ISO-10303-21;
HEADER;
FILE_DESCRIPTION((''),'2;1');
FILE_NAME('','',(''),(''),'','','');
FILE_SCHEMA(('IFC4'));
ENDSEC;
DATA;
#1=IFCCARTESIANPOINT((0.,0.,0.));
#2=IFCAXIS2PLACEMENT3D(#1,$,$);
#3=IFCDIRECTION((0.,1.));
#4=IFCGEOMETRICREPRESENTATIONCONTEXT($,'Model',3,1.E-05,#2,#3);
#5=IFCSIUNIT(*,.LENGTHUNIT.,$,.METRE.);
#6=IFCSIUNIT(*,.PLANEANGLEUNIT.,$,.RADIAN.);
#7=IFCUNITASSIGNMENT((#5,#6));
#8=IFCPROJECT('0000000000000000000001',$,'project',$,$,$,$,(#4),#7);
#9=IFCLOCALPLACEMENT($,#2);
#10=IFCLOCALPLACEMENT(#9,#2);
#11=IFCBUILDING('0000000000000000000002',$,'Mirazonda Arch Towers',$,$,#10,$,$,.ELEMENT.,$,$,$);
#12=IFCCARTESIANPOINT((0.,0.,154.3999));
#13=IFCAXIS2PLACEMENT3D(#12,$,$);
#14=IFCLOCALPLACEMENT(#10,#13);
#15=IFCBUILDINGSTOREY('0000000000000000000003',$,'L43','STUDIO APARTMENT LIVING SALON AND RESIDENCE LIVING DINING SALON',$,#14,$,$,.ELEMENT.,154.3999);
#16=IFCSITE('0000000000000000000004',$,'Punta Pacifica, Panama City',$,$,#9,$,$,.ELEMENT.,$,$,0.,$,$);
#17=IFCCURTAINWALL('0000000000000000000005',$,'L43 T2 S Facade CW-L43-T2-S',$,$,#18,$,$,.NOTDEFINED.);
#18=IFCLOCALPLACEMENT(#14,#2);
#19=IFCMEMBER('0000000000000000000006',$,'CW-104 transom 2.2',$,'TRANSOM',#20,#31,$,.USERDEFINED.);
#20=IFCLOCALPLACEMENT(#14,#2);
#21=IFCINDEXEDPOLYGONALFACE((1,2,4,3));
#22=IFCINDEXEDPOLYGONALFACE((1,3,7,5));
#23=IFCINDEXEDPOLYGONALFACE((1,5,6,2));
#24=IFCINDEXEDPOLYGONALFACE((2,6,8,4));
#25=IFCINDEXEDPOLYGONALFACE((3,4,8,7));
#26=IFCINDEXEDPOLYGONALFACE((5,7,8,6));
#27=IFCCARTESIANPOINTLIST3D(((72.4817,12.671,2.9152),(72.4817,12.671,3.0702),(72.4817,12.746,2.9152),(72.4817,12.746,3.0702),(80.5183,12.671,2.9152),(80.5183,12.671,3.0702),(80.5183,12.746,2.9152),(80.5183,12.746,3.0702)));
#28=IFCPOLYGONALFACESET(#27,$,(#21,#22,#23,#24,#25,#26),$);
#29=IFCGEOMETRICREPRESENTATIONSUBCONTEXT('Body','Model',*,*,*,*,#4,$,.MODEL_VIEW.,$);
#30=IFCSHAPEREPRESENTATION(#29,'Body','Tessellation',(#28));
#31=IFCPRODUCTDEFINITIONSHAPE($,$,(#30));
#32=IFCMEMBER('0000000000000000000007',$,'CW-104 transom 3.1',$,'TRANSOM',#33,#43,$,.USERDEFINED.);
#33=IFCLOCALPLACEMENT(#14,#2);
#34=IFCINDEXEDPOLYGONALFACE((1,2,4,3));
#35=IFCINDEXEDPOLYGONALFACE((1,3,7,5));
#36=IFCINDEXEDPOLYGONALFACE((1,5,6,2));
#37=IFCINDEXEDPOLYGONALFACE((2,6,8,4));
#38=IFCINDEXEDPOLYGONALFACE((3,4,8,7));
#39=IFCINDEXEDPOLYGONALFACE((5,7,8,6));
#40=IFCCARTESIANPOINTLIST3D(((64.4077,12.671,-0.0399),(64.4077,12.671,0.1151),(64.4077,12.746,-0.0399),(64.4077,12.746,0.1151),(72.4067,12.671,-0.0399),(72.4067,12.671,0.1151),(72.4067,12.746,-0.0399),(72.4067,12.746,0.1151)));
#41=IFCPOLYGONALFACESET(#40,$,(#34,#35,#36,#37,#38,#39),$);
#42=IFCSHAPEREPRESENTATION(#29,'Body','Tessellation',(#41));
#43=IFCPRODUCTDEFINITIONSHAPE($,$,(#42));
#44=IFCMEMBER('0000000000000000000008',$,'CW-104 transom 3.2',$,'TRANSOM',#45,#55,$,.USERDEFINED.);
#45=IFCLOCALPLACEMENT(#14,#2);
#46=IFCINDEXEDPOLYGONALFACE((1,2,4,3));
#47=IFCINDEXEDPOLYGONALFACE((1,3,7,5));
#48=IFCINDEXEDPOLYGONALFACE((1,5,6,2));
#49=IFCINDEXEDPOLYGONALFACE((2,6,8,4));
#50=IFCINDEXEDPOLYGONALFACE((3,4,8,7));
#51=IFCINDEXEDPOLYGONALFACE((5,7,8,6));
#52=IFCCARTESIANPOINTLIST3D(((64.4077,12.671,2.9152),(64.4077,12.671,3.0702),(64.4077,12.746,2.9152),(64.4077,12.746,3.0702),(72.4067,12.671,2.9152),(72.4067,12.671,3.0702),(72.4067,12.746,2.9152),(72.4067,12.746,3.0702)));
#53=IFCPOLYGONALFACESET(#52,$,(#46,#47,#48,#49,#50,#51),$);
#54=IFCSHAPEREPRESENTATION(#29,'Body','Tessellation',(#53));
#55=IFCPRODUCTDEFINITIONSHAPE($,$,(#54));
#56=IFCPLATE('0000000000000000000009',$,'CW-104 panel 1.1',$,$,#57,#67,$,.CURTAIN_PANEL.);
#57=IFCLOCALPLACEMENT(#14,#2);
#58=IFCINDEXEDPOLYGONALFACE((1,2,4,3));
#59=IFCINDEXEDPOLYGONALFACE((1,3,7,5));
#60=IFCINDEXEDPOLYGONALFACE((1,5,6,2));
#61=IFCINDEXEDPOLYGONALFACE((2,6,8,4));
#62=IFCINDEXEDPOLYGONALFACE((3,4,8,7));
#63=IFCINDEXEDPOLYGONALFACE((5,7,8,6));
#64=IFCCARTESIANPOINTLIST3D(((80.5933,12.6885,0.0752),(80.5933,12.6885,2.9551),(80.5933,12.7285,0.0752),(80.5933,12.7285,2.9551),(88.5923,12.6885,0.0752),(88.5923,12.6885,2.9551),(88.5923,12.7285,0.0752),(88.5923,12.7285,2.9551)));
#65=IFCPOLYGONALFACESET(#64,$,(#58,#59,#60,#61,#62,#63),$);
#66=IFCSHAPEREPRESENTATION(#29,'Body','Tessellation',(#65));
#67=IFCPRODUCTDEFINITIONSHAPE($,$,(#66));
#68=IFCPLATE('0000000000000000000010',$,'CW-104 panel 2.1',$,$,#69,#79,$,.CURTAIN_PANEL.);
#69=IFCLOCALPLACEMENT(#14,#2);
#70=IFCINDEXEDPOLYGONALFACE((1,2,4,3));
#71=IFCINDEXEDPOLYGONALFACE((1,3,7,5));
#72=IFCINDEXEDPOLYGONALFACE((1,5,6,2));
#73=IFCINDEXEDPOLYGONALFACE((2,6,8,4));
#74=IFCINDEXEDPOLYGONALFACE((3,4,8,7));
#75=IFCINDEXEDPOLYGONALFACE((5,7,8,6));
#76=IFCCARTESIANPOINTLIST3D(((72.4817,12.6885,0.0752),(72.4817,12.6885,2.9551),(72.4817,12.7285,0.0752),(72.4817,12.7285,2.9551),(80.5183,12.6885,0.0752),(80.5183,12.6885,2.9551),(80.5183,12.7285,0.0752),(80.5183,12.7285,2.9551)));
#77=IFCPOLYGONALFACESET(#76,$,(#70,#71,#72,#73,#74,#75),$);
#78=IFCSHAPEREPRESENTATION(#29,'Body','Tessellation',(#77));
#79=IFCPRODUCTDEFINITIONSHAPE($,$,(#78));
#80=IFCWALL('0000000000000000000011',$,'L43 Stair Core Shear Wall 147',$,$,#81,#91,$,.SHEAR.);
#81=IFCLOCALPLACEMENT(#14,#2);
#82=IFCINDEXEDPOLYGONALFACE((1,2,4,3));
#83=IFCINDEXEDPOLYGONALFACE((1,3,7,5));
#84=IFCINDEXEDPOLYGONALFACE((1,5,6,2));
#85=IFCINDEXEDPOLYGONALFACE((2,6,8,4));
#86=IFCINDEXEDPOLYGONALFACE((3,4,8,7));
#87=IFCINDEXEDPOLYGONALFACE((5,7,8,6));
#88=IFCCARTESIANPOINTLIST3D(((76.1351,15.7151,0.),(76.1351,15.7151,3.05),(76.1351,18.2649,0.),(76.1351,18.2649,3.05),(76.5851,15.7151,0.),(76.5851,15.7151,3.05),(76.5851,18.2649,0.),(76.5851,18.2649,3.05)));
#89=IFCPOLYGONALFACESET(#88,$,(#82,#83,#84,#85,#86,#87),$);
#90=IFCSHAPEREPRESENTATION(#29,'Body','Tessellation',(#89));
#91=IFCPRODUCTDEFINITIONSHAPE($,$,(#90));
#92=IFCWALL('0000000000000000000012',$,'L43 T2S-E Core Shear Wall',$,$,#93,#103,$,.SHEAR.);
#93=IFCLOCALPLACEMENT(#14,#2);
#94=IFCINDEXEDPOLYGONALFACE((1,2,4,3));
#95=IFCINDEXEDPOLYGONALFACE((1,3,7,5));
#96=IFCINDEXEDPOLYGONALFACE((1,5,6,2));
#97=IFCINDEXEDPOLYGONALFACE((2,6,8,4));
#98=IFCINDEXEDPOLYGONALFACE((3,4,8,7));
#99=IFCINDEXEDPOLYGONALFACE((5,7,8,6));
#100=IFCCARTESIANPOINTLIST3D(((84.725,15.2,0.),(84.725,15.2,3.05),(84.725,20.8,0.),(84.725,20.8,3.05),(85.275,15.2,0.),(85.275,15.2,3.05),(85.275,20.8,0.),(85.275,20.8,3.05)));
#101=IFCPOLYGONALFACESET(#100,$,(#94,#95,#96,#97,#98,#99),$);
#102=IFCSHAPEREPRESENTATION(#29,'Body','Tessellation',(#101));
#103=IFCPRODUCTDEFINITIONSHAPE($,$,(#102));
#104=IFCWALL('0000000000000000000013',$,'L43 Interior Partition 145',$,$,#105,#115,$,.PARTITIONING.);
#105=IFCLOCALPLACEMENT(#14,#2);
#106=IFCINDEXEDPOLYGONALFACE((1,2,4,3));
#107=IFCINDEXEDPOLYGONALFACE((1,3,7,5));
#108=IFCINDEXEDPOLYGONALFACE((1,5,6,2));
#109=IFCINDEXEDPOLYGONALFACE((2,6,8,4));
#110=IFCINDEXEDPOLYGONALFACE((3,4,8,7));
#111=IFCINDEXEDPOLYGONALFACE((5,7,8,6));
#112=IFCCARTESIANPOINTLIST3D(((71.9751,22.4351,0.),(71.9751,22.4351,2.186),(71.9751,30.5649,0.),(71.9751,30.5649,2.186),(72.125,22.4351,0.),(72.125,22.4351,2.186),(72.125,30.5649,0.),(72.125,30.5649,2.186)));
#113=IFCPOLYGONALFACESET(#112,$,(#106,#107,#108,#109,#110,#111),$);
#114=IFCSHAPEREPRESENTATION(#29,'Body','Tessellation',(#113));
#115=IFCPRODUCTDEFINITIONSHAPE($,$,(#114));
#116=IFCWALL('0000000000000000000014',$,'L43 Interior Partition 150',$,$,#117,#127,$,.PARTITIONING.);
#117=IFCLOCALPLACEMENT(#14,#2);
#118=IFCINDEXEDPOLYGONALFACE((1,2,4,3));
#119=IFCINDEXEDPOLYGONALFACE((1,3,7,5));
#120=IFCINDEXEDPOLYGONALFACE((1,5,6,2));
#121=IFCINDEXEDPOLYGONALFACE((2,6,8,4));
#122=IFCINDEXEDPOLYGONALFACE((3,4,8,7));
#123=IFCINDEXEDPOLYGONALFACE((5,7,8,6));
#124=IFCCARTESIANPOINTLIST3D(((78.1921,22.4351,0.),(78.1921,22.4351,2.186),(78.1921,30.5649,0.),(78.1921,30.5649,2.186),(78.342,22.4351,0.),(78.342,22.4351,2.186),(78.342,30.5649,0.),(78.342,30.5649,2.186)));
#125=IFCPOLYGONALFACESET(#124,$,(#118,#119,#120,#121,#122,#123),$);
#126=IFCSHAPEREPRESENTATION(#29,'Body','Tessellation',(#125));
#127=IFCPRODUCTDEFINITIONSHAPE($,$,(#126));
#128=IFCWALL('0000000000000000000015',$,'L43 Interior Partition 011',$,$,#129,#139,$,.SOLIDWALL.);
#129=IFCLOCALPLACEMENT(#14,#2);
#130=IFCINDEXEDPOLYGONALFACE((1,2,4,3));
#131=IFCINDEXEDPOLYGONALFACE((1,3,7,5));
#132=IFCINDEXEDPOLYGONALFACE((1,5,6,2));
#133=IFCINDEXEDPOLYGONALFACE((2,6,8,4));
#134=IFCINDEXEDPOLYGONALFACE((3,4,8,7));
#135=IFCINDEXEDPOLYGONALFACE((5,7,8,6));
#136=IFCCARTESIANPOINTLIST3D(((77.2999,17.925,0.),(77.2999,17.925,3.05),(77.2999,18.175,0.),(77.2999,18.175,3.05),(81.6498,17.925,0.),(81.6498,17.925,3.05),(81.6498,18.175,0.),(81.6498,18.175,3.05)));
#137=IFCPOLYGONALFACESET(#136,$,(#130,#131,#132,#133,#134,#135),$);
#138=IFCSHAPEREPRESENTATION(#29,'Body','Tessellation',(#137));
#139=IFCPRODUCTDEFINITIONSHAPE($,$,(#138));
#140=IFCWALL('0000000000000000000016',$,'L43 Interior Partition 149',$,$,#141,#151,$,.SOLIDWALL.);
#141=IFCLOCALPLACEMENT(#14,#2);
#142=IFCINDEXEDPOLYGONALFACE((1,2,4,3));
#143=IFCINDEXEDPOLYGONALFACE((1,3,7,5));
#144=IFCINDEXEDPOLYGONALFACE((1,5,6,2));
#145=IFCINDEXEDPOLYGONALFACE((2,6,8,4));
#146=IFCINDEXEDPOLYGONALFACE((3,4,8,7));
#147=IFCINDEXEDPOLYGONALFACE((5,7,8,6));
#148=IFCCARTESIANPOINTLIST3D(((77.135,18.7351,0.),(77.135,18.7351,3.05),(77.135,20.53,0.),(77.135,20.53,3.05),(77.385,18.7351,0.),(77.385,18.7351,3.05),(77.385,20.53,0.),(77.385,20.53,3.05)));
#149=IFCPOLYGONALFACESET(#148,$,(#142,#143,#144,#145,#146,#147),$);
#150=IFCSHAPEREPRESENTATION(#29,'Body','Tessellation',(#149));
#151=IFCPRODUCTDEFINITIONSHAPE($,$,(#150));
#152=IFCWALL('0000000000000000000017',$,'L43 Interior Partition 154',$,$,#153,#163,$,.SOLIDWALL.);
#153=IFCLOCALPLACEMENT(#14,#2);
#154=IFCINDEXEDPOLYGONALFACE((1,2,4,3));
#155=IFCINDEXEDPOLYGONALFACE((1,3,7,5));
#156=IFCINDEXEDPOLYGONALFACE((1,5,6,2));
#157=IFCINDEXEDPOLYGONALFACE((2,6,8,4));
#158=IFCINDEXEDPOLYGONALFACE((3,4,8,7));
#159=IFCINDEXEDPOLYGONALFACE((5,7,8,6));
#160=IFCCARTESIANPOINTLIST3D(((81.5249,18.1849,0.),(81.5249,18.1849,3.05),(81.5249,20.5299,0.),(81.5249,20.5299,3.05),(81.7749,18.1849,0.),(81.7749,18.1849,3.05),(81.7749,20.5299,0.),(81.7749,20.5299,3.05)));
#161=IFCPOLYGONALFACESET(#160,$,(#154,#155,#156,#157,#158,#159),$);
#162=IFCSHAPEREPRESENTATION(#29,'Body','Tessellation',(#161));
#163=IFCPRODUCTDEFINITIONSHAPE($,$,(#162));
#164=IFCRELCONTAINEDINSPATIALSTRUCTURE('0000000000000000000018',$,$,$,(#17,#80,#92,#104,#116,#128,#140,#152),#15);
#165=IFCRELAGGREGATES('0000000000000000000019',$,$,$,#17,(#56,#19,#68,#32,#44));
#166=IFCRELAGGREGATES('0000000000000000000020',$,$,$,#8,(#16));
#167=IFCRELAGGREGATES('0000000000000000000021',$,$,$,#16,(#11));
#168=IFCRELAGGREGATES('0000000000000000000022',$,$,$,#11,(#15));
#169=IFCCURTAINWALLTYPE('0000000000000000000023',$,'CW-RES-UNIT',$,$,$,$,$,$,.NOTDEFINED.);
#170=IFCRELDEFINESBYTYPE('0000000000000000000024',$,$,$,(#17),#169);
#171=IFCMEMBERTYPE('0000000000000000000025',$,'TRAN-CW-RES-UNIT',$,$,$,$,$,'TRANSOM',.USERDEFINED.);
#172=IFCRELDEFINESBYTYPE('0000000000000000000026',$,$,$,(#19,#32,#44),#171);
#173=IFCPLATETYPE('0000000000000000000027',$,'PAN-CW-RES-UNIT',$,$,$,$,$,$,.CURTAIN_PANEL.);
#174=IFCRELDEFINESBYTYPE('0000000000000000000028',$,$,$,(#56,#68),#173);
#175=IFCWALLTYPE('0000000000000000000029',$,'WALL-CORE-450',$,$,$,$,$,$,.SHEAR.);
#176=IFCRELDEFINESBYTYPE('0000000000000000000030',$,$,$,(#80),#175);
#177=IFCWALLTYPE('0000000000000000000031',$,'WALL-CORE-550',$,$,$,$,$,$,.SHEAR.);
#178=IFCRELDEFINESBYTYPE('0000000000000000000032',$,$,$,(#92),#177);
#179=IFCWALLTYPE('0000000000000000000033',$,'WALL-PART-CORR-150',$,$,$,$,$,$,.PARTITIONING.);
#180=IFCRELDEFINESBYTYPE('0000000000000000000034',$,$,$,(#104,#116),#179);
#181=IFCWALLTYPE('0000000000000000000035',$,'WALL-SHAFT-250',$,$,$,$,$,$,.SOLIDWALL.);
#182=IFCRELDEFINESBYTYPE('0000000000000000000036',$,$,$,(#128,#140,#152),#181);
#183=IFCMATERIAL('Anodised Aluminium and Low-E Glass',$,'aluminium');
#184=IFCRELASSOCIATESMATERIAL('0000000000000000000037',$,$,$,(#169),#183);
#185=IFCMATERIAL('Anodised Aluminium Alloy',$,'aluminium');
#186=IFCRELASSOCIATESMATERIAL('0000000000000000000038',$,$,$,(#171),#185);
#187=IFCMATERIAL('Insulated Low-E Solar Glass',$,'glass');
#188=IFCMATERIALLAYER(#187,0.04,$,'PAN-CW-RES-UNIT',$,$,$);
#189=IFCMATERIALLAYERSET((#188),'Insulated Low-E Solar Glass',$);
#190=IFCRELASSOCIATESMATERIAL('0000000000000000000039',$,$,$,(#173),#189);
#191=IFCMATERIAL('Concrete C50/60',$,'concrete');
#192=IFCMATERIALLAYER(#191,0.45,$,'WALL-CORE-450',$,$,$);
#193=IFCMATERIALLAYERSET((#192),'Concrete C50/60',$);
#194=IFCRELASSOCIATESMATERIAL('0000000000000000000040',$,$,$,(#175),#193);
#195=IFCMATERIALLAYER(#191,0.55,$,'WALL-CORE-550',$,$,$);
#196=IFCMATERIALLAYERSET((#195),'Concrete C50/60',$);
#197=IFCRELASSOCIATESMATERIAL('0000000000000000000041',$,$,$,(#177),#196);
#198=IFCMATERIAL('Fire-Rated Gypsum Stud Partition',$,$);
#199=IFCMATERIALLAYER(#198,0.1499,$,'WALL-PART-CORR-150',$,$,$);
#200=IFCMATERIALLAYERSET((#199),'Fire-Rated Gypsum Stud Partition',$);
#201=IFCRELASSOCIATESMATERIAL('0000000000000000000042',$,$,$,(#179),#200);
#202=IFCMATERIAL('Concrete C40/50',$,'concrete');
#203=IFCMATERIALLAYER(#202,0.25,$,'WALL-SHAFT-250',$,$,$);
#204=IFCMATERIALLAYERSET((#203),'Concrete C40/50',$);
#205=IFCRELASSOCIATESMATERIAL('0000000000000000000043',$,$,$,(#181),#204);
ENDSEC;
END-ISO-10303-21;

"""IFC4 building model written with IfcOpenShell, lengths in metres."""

from ifc_helpers import new_model, si_unit, direction, frame, frame_2d, origin, origin_2d, place, context, subcontext, project, spatial, rectangle, extrude, material, layer, layer_set, material_profile, profile_set, type_object, element, aggregate, save


model = new_model("IFC4")

# Units and contexts
model_context = context("Model", 3, precision=1e-05, world=origin(), true_north=direction((0.0, 1.0)))
body_context = subcontext(model_context, "Body", "Model", "MODEL_VIEW")
ifc_project = project(units=[si_unit("LENGTHUNIT", "METRE"), si_unit("PLANEANGLEUNIT", "RADIAN")], contexts=[model_context])

# Site, building, storey
site_placement = place(None, origin())
site = spatial("IfcSite", under=ifc_project, at=site_placement, Name="Punta Pacifica, Panama City", CompositionType="ELEMENT", RefElevation=0.0)
building_placement = place(site_placement, origin())
building = spatial("IfcBuilding", under=site, at=building_placement, Name="Mirazonda Arch Towers", CompositionType="ELEMENT")
storey_placement = place(building_placement, frame((0.0, 0.0, 154.3999)))
storey = spatial("IfcBuildingStorey", under=building, at=storey_placement, Name="L43", Description="STUDIO APARTMENT LIVING SALON AND RESIDENCE LIVING DINING SALON", CompositionType="ELEMENT", Elevation=154.3999)

# Shared definitions
ifc_material_1 = material(Name="Concrete C50/60", Category="concrete")

# Curtain wall, members, plates
ifc_material_2 = material(Name="Anodised Aluminium and Low-E Glass", Category="aluminium")
curtain_wall_type = type_object("IfcCurtainWallType", Name="CW-RES-UNIT", PredefinedType="NOTDEFINED", material=ifc_material_2)
curtain_wall_placement = place(storey_placement, origin())
curtain_wall = element("IfcCurtainWall", 1, at=curtain_wall_placement, inside=storey, type_object=curtain_wall_type, Name="L43 T2 S Facade CW-L43-T2-S", PredefinedType="NOTDEFINED")
ifc_material_3 = material(Name="Anodised Aluminium Alloy", Category="aluminium")
ifc_material_profile_1 = material_profile(ifc_material_3, rectangle(XDim=0.075, YDim=0.155, at=origin_2d()), Name="ALU-TRAN-75x155")
ifc_profile_set_1 = profile_set([ifc_material_profile_1], Name="Anodised Aluminium Alloy")
member_type_1 = type_object("IfcMemberType", Name="TRAN-CW-RES-UNIT", ElementType="TRANSOM", PredefinedType="USERDEFINED", material=ifc_profile_set_1)
member_1_placement = place(storey_placement, frame((80.5183, 12.7085, 2.9927), z_axis=(-1.0, 0.0, 0.0), x_axis=(0.0, -1.0, 0.0)))
member_1 = element("IfcMember", 2, at=member_1_placement, type_object=member_type_1, Name="CW-104 transom 2.2", ObjectType="TRANSOM", PredefinedType="USERDEFINED", context=body_context, shape_type="SweptSolid", body=[
    extrude(rectangle(XDim=0.075, YDim=0.155, at=origin_2d()), origin(), (0.0, 0.0, 1.0), 8.0366),
])
member_2_placement = place(storey_placement, frame((72.4067, 12.7085, 0.0376), z_axis=(-1.0, 0.0, 0.0), x_axis=(0.0, -1.0, 0.0)))
member_2 = element("IfcMember", 3, at=member_2_placement, type_object=member_type_1, Name="CW-104 transom 3.1", ObjectType="TRANSOM", PredefinedType="USERDEFINED", context=body_context, shape_type="SweptSolid", body=[
    extrude(rectangle(XDim=0.075, YDim=0.155, at=origin_2d()), origin(), (0.0, 0.0, 1.0), 7.999),
])
member_3_placement = place(storey_placement, frame((72.4067, 12.7085, 2.9927), z_axis=(-1.0, 0.0, 0.0), x_axis=(0.0, -1.0, 0.0)))
member_3 = element("IfcMember", 4, at=member_3_placement, type_object=member_type_1, Name="CW-104 transom 3.2", ObjectType="TRANSOM", PredefinedType="USERDEFINED", context=body_context, shape_type="SweptSolid", body=[
    extrude(rectangle(XDim=0.075, YDim=0.155, at=origin_2d()), origin(), (0.0, 0.0, 1.0), 7.999),
])
ifc_material_4 = material(Name="Insulated Low-E Solar Glass", Category="glass")
ifc_layer_1 = layer(ifc_material_4, 0.04, Name="PAN-CW-RES-UNIT")
ifc_layer_set_1 = layer_set([ifc_layer_1], Name="Insulated Low-E Solar Glass")
plate_type = type_object("IfcPlateType", Name="PAN-CW-RES-UNIT", PredefinedType="CURTAIN_PANEL", material=ifc_layer_set_1)
plate_1_placement = place(storey_placement, frame((84.5928, 12.7085, 0.0752), z_axis=(0.0, 0.0, 1.0), x_axis=(-1.0, 0.0, 0.0)))
plate_1 = element("IfcPlate", 5, at=plate_1_placement, type_object=plate_type, Name="CW-104 panel 1.1", PredefinedType="CURTAIN_PANEL", context=body_context, shape_type="SweptSolid", body=[
    extrude(rectangle(XDim=7.999, YDim=0.04, at=origin_2d()), origin(), (0.0, 0.0, 1.0), 2.8799),
])
plate_2_placement = place(storey_placement, frame((76.5, 12.7085, 0.0752), z_axis=(0.0, 0.0, 1.0), x_axis=(-1.0, 0.0, 0.0)))
plate_2 = element("IfcPlate", 6, at=plate_2_placement, type_object=plate_type, Name="CW-104 panel 2.1", PredefinedType="CURTAIN_PANEL", context=body_context, shape_type="SweptSolid", body=[
    extrude(rectangle(XDim=8.0366, YDim=0.04, at=origin_2d()), origin(), (0.0, 0.0, 1.0), 2.8799),
])
aggregate(curtain_wall, [plate_1, member_1, plate_2, member_2, member_3])

# Walls
ifc_layer_2 = layer(ifc_material_1, 0.45, Name="WALL-CORE-450")
ifc_layer_set_2 = layer_set([ifc_layer_2], Name="Concrete C50/60")
wall_type_1 = type_object("IfcWallType", Name="WALL-CORE-450", PredefinedType="SHEAR", material=ifc_layer_set_2)
wall_1_placement = place(storey_placement, frame((76.3601, 15.7151, 0.0), z_axis=(0.0, 0.0, 1.0), x_axis=(0.0, 1.0, 0.0)))
element("IfcWall", 7, at=wall_1_placement, inside=storey, type_object=wall_type_1, Name="L43 Stair Core Shear Wall 147", PredefinedType="SHEAR", context=body_context, shape_type="SweptSolid", body=[
    extrude(rectangle(XDim=2.5498, YDim=0.45, at=frame_2d((1.2749, 0.0))), origin(), (0.0, 0.0, 1.0), 3.05),
])
ifc_layer_3 = layer(ifc_material_1, 0.55, Name="WALL-CORE-550")
ifc_layer_set_3 = layer_set([ifc_layer_3], Name="Concrete C50/60")
wall_type_2 = type_object("IfcWallType", Name="WALL-CORE-550", PredefinedType="SHEAR", material=ifc_layer_set_3)
wall_2_placement = place(storey_placement, frame((85.0, 15.2, 0.0), z_axis=(0.0, 0.0, 1.0), x_axis=(0.0, 1.0, 0.0)))
element("IfcWall", 8, at=wall_2_placement, inside=storey, type_object=wall_type_2, Name="L43 T2S-E Core Shear Wall", PredefinedType="SHEAR", context=body_context, shape_type="SweptSolid", body=[
    extrude(rectangle(XDim=5.6001, YDim=0.55, at=frame_2d((2.8, 0.0))), origin(), (0.0, 0.0, 1.0), 3.05),
])
ifc_material_5 = material(Name="Fire-Rated Gypsum Stud Partition")
ifc_layer_4 = layer(ifc_material_5, 0.1499, Name="WALL-PART-CORR-150")
ifc_layer_set_4 = layer_set([ifc_layer_4], Name="Fire-Rated Gypsum Stud Partition")
wall_type_3 = type_object("IfcWallType", Name="WALL-PART-CORR-150", PredefinedType="PARTITIONING", material=ifc_layer_set_4)
for number, where, z_axis, x_axis, name in (
    (9, (72.05, 22.4351, 0.0), (0.0, 0.0, 1.0), (0.0, 1.0, 0.0), "L43 Interior Partition 145"),
    (10, (78.2671, 22.4351, 0.0), (0.0, 0.0, 1.0), (0.0, 1.0, 0.0), "L43 Interior Partition 150"),
):
    element("IfcWall", number, at=place(storey_placement, frame(where, z_axis=z_axis, x_axis=x_axis)), inside=storey, type_object=wall_type_3, Name=name, PredefinedType="PARTITIONING", context=body_context, shape_type="SweptSolid", body=[
        extrude(rectangle(XDim=8.1299, YDim=0.1499, at=frame_2d((4.0649, 0.0))), origin(), (0.0, 0.0, 1.0), 2.186),
    ])
ifc_material_6 = material(Name="Concrete C40/50", Category="concrete")
ifc_layer_5 = layer(ifc_material_6, 0.25, Name="WALL-SHAFT-250")
ifc_layer_set_5 = layer_set([ifc_layer_5], Name="Concrete C40/50")
wall_type_4 = type_object("IfcWallType", Name="WALL-SHAFT-250", PredefinedType="SOLIDWALL", material=ifc_layer_set_5)
wall_3_placement = place(storey_placement, frame((77.3, 18.05, 0.0), z_axis=(0.0, 0.0, 1.0), x_axis=(1.0, 0.0, 0.0)))
element("IfcWall", 11, at=wall_3_placement, inside=storey, type_object=wall_type_4, Name="L43 Interior Partition 011", PredefinedType="SOLIDWALL", context=body_context, shape_type="SweptSolid", body=[
    extrude(rectangle(XDim=4.3499, YDim=0.25, at=frame_2d((2.1748, 0.0))), origin(), (0.0, 0.0, 1.0), 3.05),
])
wall_4_placement = place(storey_placement, frame((77.26, 18.7351, 0.0), z_axis=(0.0, 0.0, 1.0), x_axis=(0.0, 1.0, 0.0)))
element("IfcWall", 12, at=wall_4_placement, inside=storey, type_object=wall_type_4, Name="L43 Interior Partition 149", PredefinedType="SOLIDWALL", context=body_context, shape_type="SweptSolid", body=[
    extrude(rectangle(XDim=1.7949, YDim=0.25, at=frame_2d((0.8975, 0.0))), origin(), (0.0, 0.0, 1.0), 3.05),
])
wall_5_placement = place(storey_placement, frame((81.6499, 18.1851, 0.0), z_axis=(0.0, 0.0, 1.0), x_axis=(0.0, 1.0, 0.0)))
element("IfcWall", 13, at=wall_5_placement, inside=storey, type_object=wall_type_4, Name="L43 Interior Partition 154", PredefinedType="SOLIDWALL", context=body_context, shape_type="SweptSolid", body=[
    extrude(rectangle(XDim=2.345, YDim=0.25, at=frame_2d((1.1724, 0.0))), origin(), (0.0, 0.0, 1.0), 3.05),
])

save(model, "model.ifc")
